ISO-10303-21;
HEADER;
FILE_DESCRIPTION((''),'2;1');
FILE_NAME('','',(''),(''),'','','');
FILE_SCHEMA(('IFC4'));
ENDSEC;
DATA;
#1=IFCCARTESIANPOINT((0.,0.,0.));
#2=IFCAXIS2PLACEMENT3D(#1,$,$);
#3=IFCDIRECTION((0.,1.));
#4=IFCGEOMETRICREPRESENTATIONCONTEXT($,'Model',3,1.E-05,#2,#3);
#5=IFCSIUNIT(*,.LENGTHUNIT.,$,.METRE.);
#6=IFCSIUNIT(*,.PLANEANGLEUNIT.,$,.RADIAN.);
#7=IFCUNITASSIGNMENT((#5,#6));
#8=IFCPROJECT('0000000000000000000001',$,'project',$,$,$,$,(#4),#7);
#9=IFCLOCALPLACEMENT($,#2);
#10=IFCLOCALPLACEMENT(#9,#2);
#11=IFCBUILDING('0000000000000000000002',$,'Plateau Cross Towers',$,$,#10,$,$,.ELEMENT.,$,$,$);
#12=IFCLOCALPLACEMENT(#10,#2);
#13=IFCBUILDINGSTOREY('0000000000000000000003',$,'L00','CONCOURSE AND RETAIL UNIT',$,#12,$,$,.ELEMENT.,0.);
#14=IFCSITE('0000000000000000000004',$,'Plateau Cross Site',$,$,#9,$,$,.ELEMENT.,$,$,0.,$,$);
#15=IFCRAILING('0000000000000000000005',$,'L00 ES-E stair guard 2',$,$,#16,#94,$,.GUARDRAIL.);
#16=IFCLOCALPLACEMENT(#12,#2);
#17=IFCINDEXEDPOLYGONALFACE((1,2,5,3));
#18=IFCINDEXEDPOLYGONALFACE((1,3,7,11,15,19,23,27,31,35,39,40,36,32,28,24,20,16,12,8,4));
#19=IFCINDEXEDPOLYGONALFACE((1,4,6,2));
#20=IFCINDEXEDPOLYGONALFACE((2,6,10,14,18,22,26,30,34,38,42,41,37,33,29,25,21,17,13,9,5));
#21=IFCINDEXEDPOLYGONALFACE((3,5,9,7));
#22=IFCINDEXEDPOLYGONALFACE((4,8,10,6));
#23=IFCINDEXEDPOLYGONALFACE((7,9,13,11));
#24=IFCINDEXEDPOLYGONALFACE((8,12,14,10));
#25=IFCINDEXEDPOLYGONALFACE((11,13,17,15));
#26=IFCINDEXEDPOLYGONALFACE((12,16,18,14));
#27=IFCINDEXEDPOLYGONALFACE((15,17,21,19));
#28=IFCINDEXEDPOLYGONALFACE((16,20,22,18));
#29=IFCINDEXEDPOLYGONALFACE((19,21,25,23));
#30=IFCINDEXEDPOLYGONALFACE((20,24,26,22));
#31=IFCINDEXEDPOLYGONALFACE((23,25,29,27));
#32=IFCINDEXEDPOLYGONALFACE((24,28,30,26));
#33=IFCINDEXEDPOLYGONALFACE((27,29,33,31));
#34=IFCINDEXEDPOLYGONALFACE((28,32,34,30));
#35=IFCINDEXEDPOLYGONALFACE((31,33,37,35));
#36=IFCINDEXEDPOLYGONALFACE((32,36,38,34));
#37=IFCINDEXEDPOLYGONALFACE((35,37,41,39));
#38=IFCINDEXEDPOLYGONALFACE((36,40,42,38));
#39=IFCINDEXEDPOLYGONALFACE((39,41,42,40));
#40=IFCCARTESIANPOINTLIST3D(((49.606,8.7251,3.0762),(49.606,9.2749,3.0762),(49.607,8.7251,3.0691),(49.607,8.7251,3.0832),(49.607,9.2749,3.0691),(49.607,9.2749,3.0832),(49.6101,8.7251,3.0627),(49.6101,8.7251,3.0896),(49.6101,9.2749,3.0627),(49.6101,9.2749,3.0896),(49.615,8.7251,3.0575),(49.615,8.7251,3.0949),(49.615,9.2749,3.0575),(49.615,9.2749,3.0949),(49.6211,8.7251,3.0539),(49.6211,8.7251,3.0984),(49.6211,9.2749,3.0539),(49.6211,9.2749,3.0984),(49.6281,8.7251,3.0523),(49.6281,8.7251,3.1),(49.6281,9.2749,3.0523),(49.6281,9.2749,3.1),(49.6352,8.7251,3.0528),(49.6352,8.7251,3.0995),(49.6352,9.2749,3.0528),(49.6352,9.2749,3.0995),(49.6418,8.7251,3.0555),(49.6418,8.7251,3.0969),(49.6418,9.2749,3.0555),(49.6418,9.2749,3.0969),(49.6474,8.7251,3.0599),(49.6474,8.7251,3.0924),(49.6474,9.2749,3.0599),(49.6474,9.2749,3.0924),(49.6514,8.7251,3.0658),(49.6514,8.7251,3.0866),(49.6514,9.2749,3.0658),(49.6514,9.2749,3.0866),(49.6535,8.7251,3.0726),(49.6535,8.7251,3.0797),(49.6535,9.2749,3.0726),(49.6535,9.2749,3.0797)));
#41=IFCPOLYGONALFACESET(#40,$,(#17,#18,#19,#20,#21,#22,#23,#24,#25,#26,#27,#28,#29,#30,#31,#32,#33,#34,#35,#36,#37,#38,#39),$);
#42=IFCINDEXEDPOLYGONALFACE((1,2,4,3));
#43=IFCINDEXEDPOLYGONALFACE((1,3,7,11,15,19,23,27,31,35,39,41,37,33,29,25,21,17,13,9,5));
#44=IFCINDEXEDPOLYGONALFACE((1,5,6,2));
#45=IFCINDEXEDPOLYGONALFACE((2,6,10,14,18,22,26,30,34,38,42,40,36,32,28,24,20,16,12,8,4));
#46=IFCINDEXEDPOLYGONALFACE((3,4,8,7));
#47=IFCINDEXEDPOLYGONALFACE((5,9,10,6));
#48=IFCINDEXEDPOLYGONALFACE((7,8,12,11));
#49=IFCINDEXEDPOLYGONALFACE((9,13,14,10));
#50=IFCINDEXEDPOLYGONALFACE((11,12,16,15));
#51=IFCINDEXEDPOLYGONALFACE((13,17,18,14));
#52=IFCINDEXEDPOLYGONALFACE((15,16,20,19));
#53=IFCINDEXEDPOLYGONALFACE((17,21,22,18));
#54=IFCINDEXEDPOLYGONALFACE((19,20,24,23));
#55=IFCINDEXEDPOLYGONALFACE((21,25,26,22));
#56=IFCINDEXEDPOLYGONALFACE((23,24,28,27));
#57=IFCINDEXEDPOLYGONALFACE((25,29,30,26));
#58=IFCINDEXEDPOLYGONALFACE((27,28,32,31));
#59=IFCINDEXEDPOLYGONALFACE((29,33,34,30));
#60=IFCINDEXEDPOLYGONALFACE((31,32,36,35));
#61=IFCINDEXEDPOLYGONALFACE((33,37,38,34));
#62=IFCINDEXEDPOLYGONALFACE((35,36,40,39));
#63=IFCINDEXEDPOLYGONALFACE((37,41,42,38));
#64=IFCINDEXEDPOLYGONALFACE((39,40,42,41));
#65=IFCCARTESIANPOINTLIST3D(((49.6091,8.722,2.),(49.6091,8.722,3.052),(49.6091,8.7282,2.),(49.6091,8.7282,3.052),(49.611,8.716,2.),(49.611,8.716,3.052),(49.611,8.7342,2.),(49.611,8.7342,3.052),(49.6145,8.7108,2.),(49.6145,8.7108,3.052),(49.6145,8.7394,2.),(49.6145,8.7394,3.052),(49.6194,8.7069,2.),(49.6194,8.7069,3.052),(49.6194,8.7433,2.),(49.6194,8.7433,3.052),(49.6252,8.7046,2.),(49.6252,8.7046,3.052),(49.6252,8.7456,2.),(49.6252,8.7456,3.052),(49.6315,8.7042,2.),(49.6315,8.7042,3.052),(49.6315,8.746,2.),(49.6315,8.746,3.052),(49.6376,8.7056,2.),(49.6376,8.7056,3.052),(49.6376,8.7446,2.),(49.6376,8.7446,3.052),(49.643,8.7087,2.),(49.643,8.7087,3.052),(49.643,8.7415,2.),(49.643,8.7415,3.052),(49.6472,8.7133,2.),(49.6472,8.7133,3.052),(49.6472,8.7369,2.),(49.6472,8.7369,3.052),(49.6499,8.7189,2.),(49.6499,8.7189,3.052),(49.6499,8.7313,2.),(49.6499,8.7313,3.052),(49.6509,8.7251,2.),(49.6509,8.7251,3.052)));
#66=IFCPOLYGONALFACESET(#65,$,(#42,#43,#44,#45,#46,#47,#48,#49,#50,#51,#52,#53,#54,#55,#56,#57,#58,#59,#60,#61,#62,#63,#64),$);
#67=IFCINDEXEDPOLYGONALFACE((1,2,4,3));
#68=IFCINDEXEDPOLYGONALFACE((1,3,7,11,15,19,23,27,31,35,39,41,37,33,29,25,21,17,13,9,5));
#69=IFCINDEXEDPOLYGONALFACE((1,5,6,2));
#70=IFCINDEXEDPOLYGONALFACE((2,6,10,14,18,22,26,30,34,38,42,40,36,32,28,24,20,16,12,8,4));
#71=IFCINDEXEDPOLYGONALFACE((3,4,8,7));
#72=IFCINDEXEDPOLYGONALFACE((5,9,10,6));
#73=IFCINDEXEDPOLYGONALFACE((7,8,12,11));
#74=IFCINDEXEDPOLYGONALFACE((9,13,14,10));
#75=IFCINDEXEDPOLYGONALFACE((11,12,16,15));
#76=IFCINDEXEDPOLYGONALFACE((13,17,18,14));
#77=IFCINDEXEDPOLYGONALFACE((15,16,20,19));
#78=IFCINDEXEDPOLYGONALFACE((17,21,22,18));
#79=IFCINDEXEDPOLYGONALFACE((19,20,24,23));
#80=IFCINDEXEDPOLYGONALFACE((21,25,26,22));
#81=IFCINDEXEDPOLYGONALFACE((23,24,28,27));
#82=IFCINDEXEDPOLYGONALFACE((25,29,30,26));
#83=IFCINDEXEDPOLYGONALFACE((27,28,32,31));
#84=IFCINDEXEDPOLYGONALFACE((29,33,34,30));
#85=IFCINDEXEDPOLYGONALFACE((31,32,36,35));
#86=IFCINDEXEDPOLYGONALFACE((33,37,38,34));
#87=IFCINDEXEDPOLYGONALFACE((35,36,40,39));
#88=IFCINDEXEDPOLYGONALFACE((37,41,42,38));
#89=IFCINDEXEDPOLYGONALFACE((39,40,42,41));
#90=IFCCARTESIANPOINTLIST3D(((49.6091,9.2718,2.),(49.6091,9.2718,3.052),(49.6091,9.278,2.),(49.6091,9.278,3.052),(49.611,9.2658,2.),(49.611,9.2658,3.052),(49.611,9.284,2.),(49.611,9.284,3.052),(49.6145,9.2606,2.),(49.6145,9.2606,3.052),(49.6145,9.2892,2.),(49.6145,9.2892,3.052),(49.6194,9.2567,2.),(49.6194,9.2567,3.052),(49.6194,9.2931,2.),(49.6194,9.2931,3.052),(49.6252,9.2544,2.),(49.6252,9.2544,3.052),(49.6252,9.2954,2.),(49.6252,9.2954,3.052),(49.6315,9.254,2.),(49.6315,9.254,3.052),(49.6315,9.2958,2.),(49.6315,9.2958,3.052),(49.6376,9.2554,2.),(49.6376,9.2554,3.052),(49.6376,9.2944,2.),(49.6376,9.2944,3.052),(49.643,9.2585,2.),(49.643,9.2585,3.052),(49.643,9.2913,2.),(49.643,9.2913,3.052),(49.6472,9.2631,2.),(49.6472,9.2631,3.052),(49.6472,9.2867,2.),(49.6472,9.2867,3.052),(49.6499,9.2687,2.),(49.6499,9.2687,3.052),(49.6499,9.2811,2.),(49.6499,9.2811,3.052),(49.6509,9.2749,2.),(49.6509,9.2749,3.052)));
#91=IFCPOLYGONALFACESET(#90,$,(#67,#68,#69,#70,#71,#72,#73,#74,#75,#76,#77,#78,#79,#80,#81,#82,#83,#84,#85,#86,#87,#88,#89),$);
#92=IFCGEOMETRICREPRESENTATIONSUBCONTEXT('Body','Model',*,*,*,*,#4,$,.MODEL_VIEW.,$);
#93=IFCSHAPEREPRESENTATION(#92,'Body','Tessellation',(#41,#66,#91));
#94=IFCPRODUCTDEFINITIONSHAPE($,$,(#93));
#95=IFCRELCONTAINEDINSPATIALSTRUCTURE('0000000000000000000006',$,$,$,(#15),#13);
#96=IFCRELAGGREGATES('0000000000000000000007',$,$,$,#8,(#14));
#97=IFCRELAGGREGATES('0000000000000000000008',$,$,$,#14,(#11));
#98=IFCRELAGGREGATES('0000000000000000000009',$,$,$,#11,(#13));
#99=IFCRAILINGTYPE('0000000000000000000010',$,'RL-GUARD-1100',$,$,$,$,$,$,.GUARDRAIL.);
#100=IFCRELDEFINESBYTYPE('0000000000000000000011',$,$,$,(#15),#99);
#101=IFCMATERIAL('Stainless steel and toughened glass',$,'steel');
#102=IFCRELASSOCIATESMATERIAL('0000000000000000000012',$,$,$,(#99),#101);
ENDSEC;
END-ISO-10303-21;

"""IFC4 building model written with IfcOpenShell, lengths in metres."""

from ifc_helpers import new_model, si_unit, direction, frame, origin, origin_2d, place, context, subcontext, project, spatial, circle, extrude, material, type_object, element, save


model = new_model("IFC4")

# Units and contexts
model_context = context("Model", 3, precision=1e-05, world=origin(), true_north=direction((0.0, 1.0)))
body_context = subcontext(model_context, "Body", "Model", "MODEL_VIEW")
ifc_project = project(units=[si_unit("LENGTHUNIT", "METRE"), si_unit("PLANEANGLEUNIT", "RADIAN")], contexts=[model_context])

# Site, building, storey
site_placement = place(None, origin())
site = spatial("IfcSite", under=ifc_project, at=site_placement, Name="Plateau Cross Site", CompositionType="ELEMENT", RefElevation=0.0)
building_placement = place(site_placement, origin())
building = spatial("IfcBuilding", under=site, at=building_placement, Name="Plateau Cross Towers", CompositionType="ELEMENT")
storey_placement = place(building_placement, origin())
storey = spatial("IfcBuildingStorey", under=building, at=storey_placement, Name="L00", Description="CONCOURSE AND RETAIL UNIT", CompositionType="ELEMENT", Elevation=0.0)

# Railing
ifc_material_1 = material(Name="Stainless steel and toughened glass", Category="steel")
railing_type_1 = type_object("IfcRailingType", Name="RL-GUARD-1100", PredefinedType="GUARDRAIL", material=ifc_material_1)
railing_1_placement = place(storey_placement, frame((49.6299, 8.7251, 2.0)))
element("IfcRailing", 1, at=railing_1_placement, inside=storey, type_object=railing_type_1, Name="L00 ES-E stair guard 2", PredefinedType="GUARDRAIL", context=body_context, shape_type="SweptSolid", body=[
    extrude(circle(Radius=0.0239, at=origin_2d()), frame((0.0, 0.0, 1.0762), z_axis=(0.0, 1.0, 0.0), x_axis=(-1.0, 0.0, 0.0)), (0.0, 0.0, 1.0), 0.5498),
    extrude(circle(Radius=0.021, at=origin_2d()), origin(), (0.0, 0.0, 1.0), 1.052),
    extrude(circle(Radius=0.021, at=origin_2d()), frame((0.0, 0.5498, 0.0)), (0.0, 0.0, 1.0), 1.052),
])

save(model, "model.ifc")
